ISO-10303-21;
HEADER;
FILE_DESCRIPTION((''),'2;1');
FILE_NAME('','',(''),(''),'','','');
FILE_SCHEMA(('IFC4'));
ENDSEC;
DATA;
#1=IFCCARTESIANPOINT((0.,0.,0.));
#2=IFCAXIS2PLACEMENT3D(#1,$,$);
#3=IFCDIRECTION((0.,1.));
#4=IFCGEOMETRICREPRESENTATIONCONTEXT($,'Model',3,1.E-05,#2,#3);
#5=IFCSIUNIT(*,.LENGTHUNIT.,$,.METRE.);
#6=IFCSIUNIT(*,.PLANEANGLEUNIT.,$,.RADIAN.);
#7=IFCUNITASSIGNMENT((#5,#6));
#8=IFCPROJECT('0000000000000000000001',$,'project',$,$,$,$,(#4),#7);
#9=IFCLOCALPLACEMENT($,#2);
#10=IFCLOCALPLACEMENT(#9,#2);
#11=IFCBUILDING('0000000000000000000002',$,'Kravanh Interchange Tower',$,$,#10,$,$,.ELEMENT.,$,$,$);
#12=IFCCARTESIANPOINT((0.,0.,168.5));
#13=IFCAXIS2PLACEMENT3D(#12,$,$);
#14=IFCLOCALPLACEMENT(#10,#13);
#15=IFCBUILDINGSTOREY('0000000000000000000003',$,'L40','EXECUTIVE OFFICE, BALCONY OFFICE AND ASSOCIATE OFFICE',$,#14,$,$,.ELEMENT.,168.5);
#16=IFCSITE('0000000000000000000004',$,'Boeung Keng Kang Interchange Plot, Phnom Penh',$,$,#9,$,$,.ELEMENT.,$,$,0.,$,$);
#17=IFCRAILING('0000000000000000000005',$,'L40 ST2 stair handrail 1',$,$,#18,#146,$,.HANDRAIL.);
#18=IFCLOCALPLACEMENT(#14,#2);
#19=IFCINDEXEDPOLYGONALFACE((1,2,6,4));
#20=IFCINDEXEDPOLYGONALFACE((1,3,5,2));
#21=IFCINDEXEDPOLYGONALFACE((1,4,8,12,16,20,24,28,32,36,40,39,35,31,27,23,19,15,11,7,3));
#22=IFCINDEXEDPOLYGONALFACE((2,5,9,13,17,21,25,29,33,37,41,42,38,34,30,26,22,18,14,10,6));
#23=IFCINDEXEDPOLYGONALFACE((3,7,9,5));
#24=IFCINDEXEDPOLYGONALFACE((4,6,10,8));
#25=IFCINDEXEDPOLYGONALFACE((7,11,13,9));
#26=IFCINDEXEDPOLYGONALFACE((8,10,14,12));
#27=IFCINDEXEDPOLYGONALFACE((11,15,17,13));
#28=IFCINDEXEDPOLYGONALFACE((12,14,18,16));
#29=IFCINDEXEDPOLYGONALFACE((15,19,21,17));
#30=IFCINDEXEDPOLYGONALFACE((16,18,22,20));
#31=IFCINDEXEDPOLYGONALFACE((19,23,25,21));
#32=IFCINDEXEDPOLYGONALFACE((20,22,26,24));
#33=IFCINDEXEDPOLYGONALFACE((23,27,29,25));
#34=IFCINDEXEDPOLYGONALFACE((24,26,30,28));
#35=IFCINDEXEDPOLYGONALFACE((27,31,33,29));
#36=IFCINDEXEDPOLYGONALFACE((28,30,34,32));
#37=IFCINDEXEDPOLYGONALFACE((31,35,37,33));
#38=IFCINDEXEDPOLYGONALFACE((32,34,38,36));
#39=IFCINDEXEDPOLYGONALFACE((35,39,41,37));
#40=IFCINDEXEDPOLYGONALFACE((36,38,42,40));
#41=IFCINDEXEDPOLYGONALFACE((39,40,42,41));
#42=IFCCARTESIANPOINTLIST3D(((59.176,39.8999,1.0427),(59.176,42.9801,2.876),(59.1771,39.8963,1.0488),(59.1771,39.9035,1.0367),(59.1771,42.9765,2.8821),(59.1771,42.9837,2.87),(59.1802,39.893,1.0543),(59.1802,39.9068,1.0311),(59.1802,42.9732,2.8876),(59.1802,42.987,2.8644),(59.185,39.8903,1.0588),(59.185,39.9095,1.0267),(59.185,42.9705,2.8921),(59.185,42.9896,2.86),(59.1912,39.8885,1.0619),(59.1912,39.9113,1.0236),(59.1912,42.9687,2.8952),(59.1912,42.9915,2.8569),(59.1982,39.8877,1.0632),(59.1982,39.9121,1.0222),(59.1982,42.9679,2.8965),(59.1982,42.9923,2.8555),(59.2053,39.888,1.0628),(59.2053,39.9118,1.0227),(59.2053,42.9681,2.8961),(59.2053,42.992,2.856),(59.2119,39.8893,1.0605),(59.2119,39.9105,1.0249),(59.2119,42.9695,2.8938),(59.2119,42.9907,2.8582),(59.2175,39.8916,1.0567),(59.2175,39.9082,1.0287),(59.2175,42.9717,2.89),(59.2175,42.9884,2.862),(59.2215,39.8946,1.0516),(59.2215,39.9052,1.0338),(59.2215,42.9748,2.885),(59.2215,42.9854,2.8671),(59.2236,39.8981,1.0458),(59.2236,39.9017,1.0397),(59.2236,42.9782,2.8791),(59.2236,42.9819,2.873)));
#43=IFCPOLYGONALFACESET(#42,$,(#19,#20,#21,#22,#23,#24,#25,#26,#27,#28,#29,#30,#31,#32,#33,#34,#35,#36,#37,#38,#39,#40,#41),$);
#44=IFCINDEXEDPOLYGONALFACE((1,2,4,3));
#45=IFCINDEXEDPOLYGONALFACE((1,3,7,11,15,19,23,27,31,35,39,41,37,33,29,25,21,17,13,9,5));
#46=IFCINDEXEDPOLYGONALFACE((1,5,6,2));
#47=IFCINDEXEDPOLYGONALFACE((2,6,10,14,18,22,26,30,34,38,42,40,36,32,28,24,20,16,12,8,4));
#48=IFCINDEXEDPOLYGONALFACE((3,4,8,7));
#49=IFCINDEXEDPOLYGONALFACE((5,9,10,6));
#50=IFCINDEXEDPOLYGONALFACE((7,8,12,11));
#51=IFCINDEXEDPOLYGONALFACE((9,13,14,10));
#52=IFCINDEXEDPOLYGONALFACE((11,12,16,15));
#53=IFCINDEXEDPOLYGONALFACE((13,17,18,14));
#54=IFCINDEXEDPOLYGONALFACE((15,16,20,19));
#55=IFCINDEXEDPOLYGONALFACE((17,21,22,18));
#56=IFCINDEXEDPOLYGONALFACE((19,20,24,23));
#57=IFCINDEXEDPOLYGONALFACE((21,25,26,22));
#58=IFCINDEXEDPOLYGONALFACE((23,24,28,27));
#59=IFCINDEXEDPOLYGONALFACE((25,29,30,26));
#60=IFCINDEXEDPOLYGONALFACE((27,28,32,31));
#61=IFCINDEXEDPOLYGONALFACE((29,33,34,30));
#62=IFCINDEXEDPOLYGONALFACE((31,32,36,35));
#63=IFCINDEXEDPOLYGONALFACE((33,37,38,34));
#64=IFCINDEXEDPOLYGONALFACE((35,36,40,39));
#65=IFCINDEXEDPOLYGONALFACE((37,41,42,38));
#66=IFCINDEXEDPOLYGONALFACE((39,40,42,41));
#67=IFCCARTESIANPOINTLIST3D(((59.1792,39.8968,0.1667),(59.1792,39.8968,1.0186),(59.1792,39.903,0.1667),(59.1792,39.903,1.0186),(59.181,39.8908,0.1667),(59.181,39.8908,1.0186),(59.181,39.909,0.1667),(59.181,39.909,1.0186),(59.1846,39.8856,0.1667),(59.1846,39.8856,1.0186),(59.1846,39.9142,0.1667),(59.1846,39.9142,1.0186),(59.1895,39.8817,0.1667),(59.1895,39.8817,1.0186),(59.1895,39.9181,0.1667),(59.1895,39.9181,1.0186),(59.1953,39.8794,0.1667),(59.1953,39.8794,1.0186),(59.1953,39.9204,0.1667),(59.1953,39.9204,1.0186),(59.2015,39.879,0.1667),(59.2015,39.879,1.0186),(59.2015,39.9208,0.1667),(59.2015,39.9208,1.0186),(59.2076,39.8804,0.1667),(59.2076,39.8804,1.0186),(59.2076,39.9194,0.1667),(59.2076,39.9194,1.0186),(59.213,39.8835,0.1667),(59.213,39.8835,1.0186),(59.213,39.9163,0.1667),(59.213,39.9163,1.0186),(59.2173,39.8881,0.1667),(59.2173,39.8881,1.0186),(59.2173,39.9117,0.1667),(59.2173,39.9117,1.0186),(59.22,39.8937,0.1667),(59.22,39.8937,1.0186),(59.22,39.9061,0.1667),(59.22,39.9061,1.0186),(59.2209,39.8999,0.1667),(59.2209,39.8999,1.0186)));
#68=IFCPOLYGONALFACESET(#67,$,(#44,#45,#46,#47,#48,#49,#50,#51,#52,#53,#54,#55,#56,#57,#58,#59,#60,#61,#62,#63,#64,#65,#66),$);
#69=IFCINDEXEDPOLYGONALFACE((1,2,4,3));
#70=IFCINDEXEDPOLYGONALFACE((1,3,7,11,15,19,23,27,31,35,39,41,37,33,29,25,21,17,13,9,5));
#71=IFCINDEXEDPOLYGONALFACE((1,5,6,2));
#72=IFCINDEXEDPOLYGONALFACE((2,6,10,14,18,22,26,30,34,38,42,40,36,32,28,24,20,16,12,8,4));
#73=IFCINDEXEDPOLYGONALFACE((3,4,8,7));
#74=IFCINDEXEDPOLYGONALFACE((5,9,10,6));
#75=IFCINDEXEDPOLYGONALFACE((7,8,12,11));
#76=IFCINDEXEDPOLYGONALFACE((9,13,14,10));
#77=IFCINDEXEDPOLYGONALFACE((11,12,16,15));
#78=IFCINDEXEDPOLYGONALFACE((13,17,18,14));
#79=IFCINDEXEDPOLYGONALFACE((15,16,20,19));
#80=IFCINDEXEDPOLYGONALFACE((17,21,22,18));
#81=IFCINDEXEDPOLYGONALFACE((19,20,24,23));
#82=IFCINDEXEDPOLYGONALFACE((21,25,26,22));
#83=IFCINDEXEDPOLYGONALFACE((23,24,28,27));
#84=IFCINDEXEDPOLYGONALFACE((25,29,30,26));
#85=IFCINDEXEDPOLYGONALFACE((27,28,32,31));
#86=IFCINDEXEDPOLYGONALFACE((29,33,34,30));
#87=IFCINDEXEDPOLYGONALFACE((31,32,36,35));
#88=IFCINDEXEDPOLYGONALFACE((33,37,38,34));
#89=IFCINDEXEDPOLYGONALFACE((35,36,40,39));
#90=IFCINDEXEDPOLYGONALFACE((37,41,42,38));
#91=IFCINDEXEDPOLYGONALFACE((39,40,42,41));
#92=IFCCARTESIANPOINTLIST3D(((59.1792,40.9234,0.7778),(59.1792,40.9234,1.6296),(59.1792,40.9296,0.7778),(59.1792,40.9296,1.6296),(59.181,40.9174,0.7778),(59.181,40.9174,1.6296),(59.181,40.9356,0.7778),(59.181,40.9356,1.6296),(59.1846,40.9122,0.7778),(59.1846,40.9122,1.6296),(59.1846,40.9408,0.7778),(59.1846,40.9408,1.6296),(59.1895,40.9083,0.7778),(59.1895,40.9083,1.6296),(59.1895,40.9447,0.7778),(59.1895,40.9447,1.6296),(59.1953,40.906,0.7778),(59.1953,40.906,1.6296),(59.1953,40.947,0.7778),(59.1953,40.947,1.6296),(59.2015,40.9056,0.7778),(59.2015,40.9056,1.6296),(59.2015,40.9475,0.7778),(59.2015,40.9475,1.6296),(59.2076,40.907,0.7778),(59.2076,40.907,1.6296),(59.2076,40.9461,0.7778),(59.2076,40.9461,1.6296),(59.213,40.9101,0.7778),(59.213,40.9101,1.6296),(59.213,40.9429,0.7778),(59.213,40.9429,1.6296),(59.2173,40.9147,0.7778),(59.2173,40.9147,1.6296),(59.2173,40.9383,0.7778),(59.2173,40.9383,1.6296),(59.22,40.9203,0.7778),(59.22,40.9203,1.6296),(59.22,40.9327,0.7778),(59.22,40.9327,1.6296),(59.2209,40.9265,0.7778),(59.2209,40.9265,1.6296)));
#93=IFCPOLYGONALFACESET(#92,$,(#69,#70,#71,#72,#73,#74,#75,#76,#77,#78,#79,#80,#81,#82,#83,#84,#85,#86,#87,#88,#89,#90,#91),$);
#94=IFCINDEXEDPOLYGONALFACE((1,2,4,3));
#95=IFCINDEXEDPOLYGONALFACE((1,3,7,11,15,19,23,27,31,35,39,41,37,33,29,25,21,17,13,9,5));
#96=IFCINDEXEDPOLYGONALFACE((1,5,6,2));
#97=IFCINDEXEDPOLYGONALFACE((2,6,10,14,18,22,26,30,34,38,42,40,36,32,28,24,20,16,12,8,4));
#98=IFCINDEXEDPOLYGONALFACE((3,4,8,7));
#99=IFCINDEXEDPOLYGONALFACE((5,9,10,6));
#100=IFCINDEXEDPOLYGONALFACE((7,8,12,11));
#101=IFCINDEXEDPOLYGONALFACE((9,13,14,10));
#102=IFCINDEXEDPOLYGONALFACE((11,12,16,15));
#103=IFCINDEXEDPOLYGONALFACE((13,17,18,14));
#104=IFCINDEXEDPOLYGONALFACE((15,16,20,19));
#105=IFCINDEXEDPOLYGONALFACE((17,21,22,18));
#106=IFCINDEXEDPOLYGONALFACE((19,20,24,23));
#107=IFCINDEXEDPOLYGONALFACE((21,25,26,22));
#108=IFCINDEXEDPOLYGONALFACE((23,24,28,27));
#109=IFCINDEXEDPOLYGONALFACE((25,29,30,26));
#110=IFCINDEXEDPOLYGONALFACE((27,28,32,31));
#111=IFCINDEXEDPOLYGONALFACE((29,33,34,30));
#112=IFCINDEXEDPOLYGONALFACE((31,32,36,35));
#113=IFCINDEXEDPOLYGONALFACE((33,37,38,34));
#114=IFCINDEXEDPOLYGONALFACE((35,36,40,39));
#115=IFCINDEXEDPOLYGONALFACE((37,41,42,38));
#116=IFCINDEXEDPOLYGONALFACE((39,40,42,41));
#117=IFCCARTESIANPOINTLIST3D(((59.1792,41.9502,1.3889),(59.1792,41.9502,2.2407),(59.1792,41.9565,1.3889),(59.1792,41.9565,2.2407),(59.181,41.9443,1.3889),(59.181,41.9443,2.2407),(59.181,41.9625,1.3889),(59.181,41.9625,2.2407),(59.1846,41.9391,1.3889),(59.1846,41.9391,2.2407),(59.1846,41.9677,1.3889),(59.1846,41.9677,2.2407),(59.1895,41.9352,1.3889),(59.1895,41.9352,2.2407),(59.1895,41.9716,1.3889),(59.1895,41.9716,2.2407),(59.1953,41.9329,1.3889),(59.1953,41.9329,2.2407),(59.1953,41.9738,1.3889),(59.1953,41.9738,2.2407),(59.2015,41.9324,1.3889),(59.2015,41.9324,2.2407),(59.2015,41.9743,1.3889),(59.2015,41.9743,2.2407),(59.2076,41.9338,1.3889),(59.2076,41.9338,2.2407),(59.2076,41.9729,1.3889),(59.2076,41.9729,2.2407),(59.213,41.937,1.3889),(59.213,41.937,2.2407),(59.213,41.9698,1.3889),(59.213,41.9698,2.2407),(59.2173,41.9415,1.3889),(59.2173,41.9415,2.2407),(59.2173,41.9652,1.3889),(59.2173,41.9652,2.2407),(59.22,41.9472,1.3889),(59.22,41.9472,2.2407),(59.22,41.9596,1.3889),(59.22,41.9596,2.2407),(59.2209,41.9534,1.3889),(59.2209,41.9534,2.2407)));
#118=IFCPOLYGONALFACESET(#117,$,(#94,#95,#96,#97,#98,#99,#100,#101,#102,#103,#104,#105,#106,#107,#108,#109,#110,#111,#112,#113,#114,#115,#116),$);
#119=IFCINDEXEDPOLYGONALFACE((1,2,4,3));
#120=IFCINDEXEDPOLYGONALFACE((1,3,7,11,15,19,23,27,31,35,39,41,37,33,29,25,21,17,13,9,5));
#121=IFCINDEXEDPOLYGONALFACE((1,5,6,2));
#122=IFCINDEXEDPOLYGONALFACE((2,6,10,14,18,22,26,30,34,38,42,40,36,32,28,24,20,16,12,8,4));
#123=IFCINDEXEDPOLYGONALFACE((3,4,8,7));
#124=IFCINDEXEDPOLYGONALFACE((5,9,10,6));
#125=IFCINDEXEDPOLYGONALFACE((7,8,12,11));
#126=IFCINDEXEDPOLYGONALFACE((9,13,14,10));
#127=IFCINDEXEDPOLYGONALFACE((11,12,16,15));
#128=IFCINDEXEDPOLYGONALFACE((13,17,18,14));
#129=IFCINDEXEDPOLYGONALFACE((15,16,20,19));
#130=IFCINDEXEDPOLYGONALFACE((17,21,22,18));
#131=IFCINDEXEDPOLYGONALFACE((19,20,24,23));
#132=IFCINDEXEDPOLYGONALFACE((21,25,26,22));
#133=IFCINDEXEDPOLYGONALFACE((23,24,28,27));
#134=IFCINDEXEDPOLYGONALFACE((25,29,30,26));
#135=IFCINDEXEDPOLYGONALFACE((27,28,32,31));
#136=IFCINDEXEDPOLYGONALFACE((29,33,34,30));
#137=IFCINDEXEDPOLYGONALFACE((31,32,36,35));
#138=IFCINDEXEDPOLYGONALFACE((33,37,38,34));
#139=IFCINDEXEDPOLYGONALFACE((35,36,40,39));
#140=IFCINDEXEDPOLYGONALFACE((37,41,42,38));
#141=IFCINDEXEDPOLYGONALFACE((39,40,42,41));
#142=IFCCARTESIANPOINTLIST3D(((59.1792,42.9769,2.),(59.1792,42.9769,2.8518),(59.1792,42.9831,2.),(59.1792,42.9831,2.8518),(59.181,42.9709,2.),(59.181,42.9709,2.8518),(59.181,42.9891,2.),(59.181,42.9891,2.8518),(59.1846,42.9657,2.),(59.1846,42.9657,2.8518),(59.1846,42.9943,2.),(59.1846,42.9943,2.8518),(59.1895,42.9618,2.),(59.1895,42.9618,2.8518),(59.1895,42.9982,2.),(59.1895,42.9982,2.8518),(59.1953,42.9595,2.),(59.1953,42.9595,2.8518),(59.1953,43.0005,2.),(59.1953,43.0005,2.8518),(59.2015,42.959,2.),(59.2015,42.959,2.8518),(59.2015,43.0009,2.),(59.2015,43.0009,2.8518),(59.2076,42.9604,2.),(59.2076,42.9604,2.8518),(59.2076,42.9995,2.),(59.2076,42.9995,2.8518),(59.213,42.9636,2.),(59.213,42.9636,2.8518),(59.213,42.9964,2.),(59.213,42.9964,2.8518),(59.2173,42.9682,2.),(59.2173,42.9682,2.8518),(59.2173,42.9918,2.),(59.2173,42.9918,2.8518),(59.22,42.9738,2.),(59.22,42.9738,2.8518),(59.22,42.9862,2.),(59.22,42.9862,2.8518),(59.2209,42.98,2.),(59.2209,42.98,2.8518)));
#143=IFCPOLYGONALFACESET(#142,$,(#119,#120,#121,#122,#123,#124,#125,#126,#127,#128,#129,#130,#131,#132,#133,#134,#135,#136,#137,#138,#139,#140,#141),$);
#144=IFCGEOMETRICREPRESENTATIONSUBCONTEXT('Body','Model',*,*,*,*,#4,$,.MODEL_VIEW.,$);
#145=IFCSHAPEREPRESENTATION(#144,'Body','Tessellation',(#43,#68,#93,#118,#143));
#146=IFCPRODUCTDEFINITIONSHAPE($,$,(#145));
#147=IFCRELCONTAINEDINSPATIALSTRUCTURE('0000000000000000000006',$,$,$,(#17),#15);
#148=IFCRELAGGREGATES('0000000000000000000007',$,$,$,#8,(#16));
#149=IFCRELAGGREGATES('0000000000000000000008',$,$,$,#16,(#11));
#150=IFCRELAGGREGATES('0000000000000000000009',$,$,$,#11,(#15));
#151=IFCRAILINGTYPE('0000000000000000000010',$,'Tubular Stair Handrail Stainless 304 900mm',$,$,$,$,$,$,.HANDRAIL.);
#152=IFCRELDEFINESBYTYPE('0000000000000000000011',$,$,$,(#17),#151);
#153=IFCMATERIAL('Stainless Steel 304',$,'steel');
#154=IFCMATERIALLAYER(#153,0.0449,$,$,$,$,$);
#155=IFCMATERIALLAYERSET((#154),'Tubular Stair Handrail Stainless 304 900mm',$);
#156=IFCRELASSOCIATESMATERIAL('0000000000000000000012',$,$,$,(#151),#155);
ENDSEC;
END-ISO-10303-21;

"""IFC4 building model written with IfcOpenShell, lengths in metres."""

from ifc_helpers import new_model, si_unit, direction, frame, origin, origin_2d, place, context, subcontext, project, spatial, circle, extrude, material, layer, layer_set, type_object, element, save


model = new_model("IFC4")

# Units and contexts
model_context = context("Model", 3, precision=1e-05, world=origin(), true_north=direction((0.0, 1.0)))
body_context = subcontext(model_context, "Body", "Model", "MODEL_VIEW")
ifc_project = project(units=[si_unit("LENGTHUNIT", "METRE"), si_unit("PLANEANGLEUNIT", "RADIAN")], contexts=[model_context])

# Site, building, storey
site_placement = place(None, origin())
site = spatial("IfcSite", under=ifc_project, at=site_placement, Name="Boeung Keng Kang Interchange Plot, Phnom Penh", CompositionType="ELEMENT", RefElevation=0.0)
building_placement = place(site_placement, origin())
building = spatial("IfcBuilding", under=site, at=building_placement, Name="Kravanh Interchange Tower", CompositionType="ELEMENT")
storey_placement = place(building_placement, frame((0.0, 0.0, 168.5)))
storey = spatial("IfcBuildingStorey", under=building, at=storey_placement, Name="L40", Description="EXECUTIVE OFFICE, BALCONY OFFICE AND ASSOCIATE OFFICE", CompositionType="ELEMENT", Elevation=168.5)

# Railing
ifc_material_1 = material(Name="Stainless Steel 304", Category="steel")
ifc_layer_1 = layer(ifc_material_1, 0.0449)
ifc_layer_set_1 = layer_set([ifc_layer_1], Name="Tubular Stair Handrail Stainless 304 900mm")
railing_type_1 = type_object("IfcRailingType", Name="Tubular Stair Handrail Stainless 304 900mm", PredefinedType="HANDRAIL", material=ifc_layer_set_1)
railing_1_placement = place(storey_placement, frame((59.2, 39.8999, 0.1667)))
element("IfcRailing", 1, at=railing_1_placement, inside=storey, type_object=railing_type_1, Name="L40 ST2 stair handrail 1", PredefinedType="HANDRAIL", context=body_context, shape_type="SweptSolid", body=[
    extrude(circle(Radius=0.0239, at=origin_2d()), frame((0.0, 0.0, 0.876), z_axis=(0.0, 0.859309, 0.511458), x_axis=(-1.0, 0.0, 0.0)), (0.0, 0.0, 1.0), 3.5845),
    extrude(circle(Radius=0.021, at=origin_2d()), origin(), (0.0, 0.0, 1.0), 0.8518),
    extrude(circle(Radius=0.021, at=origin_2d()), frame((0.0, 1.0266, 0.6111)), (0.0, 0.0, 1.0), 0.8518),
    extrude(circle(Radius=0.021, at=origin_2d()), frame((0.0, 2.0535, 1.2222)), (0.0, 0.0, 1.0), 0.8518),
    extrude(circle(Radius=0.021, at=origin_2d()), frame((0.0, 3.0801, 1.8333)), (0.0, 0.0, 1.0), 0.8518),
])

save(model, "model.ifc")
